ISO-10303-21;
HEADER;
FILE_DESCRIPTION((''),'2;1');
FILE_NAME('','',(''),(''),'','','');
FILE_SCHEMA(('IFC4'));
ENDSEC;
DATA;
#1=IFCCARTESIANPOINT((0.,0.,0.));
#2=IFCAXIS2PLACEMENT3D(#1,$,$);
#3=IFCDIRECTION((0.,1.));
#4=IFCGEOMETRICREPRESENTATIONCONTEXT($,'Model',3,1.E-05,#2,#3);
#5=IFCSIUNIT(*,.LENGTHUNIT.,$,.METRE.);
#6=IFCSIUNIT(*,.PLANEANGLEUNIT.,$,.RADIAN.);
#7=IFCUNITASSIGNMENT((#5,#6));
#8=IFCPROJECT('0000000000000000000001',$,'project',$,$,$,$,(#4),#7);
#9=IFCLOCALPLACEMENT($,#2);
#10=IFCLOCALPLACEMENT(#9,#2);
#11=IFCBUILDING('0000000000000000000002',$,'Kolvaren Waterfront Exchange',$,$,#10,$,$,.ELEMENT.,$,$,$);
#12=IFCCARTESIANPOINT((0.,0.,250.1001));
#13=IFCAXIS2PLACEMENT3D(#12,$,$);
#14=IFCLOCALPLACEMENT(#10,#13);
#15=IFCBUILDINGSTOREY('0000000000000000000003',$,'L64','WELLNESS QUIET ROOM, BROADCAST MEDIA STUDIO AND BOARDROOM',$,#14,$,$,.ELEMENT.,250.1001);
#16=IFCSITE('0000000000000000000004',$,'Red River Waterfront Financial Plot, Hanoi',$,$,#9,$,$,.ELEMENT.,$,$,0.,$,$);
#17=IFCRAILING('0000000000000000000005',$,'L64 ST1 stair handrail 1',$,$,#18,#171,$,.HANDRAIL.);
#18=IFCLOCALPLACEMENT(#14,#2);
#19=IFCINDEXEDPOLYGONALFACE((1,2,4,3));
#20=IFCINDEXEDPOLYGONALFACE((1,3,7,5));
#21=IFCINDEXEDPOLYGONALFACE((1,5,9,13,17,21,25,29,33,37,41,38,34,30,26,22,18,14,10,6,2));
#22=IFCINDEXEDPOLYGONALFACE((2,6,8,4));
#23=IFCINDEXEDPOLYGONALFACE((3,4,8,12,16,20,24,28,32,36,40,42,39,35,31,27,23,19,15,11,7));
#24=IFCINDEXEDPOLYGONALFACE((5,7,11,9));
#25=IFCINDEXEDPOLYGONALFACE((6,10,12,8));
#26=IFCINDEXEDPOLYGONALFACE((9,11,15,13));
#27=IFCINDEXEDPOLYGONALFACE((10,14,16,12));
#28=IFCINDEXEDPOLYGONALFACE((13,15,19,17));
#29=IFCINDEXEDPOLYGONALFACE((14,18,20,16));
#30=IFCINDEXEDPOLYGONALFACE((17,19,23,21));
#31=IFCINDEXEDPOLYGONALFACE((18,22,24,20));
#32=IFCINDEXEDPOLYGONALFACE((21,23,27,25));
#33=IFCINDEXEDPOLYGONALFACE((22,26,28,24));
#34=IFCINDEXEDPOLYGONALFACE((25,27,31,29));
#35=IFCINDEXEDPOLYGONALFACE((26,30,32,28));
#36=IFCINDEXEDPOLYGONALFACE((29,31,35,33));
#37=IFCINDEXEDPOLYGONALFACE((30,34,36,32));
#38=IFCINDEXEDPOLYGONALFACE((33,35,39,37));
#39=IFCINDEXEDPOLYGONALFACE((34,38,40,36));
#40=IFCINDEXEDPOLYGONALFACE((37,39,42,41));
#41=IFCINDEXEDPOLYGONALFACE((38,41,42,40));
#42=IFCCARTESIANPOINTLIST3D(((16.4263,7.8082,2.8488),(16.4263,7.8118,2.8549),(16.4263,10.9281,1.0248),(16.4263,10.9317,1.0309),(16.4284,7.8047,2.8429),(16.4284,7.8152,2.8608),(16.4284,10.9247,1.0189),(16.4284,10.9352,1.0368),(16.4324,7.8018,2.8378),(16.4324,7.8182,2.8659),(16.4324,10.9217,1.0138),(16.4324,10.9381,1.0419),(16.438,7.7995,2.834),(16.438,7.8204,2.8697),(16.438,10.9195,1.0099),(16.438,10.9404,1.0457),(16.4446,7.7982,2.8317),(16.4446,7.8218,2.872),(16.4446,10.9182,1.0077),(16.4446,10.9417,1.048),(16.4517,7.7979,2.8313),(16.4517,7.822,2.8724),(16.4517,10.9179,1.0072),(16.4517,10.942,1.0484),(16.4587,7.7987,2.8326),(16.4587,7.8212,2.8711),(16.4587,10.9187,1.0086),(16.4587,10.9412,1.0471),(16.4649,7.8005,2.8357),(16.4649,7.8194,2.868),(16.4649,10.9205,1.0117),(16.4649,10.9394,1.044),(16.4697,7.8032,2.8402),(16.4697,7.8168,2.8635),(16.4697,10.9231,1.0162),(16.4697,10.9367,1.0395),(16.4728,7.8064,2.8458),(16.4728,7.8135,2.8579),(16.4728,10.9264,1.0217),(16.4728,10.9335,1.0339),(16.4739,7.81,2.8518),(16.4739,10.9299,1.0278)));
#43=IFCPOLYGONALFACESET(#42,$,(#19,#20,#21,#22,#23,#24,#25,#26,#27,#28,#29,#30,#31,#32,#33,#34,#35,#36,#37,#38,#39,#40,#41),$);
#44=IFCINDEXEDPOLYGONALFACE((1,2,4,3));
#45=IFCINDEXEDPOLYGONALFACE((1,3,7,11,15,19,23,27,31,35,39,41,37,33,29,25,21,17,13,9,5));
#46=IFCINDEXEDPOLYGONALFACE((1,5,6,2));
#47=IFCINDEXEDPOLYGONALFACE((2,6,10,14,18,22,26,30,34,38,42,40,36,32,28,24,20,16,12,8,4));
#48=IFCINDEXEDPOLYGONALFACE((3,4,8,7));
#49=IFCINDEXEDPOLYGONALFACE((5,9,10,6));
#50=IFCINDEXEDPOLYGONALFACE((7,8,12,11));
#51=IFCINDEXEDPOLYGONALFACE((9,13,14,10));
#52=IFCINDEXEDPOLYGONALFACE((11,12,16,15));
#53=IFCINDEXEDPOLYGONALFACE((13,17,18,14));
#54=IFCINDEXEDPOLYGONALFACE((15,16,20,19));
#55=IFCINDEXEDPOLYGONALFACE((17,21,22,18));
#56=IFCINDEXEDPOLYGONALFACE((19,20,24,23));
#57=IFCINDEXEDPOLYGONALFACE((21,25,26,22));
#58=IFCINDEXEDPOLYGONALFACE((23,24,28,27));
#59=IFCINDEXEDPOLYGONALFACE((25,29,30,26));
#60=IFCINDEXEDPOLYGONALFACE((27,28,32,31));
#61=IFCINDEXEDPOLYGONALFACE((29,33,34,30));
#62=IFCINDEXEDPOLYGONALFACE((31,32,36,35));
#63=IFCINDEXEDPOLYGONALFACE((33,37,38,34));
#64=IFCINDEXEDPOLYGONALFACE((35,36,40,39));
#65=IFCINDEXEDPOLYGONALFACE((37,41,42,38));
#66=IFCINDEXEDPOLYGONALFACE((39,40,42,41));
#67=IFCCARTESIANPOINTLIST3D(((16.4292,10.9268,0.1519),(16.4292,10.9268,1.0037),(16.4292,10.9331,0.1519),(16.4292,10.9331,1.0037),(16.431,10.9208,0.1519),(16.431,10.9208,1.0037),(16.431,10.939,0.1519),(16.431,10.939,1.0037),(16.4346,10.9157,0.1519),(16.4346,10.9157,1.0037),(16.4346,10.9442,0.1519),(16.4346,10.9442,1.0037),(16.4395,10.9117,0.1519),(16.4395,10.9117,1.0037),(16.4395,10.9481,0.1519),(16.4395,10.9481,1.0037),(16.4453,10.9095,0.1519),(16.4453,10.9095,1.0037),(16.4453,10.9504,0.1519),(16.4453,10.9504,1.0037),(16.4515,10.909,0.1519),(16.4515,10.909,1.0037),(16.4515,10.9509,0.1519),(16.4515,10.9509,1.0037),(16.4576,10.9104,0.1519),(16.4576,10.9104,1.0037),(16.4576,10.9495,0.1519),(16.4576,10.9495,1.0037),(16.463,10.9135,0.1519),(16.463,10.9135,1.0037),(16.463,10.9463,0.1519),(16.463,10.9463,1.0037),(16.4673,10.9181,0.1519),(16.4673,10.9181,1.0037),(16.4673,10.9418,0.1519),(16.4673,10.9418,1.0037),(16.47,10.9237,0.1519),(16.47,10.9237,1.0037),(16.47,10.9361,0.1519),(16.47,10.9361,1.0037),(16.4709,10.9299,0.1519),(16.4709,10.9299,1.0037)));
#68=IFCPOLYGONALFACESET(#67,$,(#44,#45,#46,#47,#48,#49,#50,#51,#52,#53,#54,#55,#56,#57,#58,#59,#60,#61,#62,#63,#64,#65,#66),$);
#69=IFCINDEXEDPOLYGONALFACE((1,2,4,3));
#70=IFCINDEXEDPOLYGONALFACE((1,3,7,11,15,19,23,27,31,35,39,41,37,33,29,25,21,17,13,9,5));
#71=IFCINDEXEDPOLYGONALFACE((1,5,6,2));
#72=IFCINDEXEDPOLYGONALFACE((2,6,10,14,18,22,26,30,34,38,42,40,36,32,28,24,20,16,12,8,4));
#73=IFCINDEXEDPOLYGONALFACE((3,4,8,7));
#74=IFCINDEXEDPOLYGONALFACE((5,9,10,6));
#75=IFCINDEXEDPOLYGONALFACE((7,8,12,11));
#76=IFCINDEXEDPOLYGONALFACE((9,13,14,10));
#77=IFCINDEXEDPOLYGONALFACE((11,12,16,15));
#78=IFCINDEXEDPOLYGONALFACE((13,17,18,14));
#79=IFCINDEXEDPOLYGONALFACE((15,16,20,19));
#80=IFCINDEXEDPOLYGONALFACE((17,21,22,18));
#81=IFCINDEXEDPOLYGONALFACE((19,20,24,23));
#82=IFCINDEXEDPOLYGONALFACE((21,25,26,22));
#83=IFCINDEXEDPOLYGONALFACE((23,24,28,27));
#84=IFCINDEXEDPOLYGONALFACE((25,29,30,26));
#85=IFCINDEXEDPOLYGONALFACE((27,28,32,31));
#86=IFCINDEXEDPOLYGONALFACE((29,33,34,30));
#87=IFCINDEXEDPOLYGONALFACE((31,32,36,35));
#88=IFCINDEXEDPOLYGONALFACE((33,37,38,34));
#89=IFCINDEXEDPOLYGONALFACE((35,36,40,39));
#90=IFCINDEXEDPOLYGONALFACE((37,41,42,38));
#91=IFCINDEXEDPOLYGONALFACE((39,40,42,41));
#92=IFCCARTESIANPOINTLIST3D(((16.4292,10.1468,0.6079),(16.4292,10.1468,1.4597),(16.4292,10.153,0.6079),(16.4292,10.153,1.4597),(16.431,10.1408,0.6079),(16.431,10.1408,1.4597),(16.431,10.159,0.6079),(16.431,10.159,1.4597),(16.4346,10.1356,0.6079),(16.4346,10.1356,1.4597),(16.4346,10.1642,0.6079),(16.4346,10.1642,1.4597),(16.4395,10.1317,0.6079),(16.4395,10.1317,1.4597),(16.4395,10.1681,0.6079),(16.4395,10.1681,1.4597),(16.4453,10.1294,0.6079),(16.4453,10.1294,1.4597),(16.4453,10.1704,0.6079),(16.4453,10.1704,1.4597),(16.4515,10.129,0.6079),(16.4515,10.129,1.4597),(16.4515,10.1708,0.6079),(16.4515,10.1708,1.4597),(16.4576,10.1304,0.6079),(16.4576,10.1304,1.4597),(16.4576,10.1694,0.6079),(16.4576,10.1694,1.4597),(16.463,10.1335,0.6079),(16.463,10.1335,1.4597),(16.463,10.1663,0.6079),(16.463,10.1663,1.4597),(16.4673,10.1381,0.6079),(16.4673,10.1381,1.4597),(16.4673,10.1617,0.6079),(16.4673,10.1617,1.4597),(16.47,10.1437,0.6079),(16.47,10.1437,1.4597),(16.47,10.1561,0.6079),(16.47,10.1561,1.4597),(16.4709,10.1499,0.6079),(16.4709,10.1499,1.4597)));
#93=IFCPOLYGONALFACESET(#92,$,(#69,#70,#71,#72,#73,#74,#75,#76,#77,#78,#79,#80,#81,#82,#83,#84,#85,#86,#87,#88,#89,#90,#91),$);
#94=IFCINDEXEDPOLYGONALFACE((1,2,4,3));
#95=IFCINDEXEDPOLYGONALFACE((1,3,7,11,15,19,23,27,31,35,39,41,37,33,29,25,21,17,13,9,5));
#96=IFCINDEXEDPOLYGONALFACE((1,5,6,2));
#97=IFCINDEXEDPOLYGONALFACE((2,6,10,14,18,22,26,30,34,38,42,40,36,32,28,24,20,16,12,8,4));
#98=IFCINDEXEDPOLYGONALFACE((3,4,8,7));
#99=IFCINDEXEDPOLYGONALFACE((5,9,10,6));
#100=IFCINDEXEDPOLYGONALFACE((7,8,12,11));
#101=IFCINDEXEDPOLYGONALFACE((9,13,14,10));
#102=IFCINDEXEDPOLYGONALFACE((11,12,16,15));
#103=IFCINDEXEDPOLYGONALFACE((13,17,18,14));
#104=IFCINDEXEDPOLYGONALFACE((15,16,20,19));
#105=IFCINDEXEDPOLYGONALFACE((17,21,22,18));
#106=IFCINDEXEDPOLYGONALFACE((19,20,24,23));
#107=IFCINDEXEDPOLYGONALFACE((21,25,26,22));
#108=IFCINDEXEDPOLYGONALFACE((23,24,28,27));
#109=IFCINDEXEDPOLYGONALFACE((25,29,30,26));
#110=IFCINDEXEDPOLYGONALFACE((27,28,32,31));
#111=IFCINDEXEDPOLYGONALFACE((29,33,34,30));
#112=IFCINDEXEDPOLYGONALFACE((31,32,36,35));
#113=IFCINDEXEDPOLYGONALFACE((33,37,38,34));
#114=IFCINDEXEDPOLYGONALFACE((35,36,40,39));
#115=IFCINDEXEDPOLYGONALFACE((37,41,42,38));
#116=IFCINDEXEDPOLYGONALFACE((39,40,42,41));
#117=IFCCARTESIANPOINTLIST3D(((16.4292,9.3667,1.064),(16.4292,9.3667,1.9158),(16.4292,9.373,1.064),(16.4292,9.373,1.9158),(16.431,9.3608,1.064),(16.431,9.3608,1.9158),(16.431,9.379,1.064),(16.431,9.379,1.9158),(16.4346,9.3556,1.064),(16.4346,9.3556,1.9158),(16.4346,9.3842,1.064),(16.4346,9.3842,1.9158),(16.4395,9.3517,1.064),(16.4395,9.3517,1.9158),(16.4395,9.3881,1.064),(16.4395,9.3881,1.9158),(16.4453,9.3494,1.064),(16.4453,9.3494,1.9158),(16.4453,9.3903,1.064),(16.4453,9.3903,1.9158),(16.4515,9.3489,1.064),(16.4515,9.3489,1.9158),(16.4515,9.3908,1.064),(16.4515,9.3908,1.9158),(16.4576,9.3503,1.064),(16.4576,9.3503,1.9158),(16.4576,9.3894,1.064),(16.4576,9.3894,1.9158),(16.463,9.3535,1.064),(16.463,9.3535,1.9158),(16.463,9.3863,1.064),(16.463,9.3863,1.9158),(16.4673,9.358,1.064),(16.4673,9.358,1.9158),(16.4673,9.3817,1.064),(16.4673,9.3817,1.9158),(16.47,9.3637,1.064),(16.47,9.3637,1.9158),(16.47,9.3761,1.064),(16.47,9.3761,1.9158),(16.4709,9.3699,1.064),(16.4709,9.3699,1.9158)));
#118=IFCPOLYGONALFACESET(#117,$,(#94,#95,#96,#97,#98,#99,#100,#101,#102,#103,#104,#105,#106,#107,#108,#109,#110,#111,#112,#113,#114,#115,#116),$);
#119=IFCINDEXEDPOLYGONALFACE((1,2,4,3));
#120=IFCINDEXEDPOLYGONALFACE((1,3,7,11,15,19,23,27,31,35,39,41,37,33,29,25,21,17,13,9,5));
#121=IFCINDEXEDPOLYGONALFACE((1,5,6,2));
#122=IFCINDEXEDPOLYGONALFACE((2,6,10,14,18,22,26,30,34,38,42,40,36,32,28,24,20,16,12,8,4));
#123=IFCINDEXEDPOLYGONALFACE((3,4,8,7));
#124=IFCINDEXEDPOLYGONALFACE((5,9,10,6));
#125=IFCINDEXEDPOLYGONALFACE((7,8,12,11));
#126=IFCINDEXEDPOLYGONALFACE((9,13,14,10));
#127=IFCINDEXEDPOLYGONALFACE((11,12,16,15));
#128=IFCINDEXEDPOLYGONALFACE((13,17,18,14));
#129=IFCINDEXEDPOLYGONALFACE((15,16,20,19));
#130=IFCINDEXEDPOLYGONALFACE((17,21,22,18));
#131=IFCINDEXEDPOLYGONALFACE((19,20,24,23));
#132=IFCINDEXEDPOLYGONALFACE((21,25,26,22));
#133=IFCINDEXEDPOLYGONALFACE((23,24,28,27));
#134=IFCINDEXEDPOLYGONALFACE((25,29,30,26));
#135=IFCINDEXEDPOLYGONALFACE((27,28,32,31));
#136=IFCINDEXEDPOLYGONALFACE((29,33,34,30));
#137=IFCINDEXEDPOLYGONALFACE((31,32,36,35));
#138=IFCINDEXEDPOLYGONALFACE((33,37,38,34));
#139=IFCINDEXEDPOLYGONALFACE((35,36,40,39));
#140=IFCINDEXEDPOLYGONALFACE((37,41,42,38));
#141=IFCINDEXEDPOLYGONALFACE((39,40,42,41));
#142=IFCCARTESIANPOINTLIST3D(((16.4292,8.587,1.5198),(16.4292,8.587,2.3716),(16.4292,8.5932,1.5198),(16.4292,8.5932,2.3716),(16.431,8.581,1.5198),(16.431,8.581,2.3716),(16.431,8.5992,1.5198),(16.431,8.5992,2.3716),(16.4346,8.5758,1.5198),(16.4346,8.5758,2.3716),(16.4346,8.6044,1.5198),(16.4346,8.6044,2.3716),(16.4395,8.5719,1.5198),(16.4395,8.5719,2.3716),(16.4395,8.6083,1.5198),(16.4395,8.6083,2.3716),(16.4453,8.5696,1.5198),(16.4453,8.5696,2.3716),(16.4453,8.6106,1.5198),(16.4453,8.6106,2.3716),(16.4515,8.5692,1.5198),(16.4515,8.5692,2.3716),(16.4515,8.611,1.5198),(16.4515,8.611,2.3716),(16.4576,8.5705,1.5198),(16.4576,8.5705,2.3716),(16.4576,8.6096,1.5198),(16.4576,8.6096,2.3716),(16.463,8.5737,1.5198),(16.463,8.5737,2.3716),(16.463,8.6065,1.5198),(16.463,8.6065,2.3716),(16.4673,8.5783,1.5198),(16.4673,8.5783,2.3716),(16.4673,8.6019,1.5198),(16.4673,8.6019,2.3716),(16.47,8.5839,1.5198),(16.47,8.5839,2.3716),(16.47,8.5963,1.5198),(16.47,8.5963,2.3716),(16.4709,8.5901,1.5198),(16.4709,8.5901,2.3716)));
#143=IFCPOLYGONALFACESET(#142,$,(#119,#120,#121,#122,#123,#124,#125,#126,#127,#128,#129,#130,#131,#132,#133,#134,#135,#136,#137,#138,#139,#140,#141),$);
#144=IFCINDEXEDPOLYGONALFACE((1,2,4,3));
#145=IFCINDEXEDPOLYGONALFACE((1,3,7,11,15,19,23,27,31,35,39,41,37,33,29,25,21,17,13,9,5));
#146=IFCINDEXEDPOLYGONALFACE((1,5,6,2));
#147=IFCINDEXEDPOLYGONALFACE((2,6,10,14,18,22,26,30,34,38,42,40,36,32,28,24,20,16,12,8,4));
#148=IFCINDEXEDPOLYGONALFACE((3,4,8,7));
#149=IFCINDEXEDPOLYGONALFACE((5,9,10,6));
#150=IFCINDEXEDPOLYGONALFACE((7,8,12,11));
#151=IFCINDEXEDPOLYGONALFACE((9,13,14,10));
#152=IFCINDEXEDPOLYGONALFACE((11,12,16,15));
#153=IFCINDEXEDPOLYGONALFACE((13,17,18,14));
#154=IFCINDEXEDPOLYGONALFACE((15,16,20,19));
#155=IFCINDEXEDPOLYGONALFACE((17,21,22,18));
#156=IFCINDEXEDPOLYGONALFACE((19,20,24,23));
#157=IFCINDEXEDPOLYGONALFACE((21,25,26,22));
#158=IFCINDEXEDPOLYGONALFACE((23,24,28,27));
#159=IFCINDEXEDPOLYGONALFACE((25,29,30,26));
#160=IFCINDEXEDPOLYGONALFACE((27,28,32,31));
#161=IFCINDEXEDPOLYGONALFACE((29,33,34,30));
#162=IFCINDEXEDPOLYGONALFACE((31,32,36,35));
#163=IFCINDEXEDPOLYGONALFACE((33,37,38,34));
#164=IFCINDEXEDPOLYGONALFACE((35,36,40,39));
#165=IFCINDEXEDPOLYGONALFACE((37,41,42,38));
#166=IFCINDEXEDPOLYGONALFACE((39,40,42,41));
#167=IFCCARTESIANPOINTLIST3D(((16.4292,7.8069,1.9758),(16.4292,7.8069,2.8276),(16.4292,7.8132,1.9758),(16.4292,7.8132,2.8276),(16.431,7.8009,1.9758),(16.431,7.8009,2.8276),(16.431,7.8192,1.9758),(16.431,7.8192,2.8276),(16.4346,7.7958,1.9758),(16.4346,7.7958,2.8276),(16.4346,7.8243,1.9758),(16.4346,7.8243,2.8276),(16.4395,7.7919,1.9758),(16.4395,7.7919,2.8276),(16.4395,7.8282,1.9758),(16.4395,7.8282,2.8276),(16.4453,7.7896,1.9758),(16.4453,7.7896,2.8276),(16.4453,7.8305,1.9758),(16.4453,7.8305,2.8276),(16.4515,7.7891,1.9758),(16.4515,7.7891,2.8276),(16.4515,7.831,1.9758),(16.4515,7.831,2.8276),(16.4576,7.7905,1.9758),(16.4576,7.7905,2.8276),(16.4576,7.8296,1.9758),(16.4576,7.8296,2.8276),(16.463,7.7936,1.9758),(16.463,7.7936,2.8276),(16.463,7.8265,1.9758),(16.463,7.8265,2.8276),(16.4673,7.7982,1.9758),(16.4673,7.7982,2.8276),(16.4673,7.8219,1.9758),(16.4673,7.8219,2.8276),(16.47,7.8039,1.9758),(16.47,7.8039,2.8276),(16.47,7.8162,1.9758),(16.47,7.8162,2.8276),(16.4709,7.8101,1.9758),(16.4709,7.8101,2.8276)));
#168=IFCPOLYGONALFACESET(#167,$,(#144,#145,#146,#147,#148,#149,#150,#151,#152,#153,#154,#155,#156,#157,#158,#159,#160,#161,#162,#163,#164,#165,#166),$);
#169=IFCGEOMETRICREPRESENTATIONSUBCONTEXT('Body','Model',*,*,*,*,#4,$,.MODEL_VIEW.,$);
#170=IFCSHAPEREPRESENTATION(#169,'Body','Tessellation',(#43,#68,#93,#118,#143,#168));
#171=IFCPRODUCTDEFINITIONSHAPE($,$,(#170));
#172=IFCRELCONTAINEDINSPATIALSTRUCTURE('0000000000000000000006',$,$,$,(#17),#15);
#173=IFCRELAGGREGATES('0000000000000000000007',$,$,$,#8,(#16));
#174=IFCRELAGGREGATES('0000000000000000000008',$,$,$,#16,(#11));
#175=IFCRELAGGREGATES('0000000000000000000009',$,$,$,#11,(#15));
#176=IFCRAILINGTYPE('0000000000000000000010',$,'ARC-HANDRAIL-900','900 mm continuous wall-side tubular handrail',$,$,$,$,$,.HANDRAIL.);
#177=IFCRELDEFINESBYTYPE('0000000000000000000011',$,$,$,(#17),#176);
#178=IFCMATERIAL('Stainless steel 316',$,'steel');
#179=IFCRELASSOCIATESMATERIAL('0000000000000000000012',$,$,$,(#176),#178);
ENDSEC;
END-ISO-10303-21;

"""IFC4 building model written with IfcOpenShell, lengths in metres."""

from ifc_helpers import new_model, si_unit, direction, frame, origin, origin_2d, place, context, subcontext, project, spatial, circle, extrude, material, type_object, element, save


model = new_model("IFC4")

# Units and contexts
model_context = context("Model", 3, precision=1e-05, world=origin(), true_north=direction((0.0, 1.0)))
body_context = subcontext(model_context, "Body", "Model", "MODEL_VIEW")
ifc_project = project(units=[si_unit("LENGTHUNIT", "METRE"), si_unit("PLANEANGLEUNIT", "RADIAN")], contexts=[model_context])

# Site, building, storey
site_placement = place(None, origin())
site = spatial("IfcSite", under=ifc_project, at=site_placement, Name="Red River Waterfront Financial Plot, Hanoi", CompositionType="ELEMENT", RefElevation=0.0)
building_placement = place(site_placement, origin())
building = spatial("IfcBuilding", under=site, at=building_placement, Name="Kolvaren Waterfront Exchange", CompositionType="ELEMENT")
storey_placement = place(building_placement, frame((0.0, 0.0, 250.1001)))
storey = spatial("IfcBuildingStorey", under=building, at=storey_placement, Name="L64", Description="WELLNESS QUIET ROOM, BROADCAST MEDIA STUDIO AND BOARDROOM", CompositionType="ELEMENT", Elevation=250.1001)

# Railing
ifc_material_1 = material(Name="Stainless steel 316", Category="steel")
railing_type_1 = type_object("IfcRailingType", Name="ARC-HANDRAIL-900", Description="900 mm continuous wall-side tubular handrail", PredefinedType="HANDRAIL", material=ifc_material_1)
railing_1_placement = place(storey_placement, frame((16.45, 10.9299, 0.1519)))
element("IfcRailing", 1, at=railing_1_placement, inside=storey, type_object=railing_type_1, Name="L64 ST1 stair handrail 1", PredefinedType="HANDRAIL", context=body_context, shape_type="SweptSolid", body=[
    extrude(circle(Radius=0.0239, at=origin_2d()), frame((0.0, 0.0, 0.876), z_axis=(0.0, -0.863291, 0.504707), x_axis=(1.0, 0.0, 0.0)), (0.0, 0.0, 1.0), 3.614),
    extrude(circle(Radius=0.021, at=origin_2d()), origin(), (0.0, 0.0, 1.0), 0.8518),
    extrude(circle(Radius=0.021, at=origin_2d()), frame((0.0, -0.78, 0.4561)), (0.0, 0.0, 1.0), 0.8518),
    extrude(circle(Radius=0.021, at=origin_2d()), frame((0.0, -1.5601, 0.9121)), (0.0, 0.0, 1.0), 0.8518),
    extrude(circle(Radius=0.021, at=origin_2d()), frame((0.0, -2.3398, 1.3679)), (0.0, 0.0, 1.0), 0.8518),
    extrude(circle(Radius=0.021, at=origin_2d()), frame((0.0, -3.1199, 1.824)), (0.0, 0.0, 1.0), 0.8518),
])

save(model, "model.ifc")
